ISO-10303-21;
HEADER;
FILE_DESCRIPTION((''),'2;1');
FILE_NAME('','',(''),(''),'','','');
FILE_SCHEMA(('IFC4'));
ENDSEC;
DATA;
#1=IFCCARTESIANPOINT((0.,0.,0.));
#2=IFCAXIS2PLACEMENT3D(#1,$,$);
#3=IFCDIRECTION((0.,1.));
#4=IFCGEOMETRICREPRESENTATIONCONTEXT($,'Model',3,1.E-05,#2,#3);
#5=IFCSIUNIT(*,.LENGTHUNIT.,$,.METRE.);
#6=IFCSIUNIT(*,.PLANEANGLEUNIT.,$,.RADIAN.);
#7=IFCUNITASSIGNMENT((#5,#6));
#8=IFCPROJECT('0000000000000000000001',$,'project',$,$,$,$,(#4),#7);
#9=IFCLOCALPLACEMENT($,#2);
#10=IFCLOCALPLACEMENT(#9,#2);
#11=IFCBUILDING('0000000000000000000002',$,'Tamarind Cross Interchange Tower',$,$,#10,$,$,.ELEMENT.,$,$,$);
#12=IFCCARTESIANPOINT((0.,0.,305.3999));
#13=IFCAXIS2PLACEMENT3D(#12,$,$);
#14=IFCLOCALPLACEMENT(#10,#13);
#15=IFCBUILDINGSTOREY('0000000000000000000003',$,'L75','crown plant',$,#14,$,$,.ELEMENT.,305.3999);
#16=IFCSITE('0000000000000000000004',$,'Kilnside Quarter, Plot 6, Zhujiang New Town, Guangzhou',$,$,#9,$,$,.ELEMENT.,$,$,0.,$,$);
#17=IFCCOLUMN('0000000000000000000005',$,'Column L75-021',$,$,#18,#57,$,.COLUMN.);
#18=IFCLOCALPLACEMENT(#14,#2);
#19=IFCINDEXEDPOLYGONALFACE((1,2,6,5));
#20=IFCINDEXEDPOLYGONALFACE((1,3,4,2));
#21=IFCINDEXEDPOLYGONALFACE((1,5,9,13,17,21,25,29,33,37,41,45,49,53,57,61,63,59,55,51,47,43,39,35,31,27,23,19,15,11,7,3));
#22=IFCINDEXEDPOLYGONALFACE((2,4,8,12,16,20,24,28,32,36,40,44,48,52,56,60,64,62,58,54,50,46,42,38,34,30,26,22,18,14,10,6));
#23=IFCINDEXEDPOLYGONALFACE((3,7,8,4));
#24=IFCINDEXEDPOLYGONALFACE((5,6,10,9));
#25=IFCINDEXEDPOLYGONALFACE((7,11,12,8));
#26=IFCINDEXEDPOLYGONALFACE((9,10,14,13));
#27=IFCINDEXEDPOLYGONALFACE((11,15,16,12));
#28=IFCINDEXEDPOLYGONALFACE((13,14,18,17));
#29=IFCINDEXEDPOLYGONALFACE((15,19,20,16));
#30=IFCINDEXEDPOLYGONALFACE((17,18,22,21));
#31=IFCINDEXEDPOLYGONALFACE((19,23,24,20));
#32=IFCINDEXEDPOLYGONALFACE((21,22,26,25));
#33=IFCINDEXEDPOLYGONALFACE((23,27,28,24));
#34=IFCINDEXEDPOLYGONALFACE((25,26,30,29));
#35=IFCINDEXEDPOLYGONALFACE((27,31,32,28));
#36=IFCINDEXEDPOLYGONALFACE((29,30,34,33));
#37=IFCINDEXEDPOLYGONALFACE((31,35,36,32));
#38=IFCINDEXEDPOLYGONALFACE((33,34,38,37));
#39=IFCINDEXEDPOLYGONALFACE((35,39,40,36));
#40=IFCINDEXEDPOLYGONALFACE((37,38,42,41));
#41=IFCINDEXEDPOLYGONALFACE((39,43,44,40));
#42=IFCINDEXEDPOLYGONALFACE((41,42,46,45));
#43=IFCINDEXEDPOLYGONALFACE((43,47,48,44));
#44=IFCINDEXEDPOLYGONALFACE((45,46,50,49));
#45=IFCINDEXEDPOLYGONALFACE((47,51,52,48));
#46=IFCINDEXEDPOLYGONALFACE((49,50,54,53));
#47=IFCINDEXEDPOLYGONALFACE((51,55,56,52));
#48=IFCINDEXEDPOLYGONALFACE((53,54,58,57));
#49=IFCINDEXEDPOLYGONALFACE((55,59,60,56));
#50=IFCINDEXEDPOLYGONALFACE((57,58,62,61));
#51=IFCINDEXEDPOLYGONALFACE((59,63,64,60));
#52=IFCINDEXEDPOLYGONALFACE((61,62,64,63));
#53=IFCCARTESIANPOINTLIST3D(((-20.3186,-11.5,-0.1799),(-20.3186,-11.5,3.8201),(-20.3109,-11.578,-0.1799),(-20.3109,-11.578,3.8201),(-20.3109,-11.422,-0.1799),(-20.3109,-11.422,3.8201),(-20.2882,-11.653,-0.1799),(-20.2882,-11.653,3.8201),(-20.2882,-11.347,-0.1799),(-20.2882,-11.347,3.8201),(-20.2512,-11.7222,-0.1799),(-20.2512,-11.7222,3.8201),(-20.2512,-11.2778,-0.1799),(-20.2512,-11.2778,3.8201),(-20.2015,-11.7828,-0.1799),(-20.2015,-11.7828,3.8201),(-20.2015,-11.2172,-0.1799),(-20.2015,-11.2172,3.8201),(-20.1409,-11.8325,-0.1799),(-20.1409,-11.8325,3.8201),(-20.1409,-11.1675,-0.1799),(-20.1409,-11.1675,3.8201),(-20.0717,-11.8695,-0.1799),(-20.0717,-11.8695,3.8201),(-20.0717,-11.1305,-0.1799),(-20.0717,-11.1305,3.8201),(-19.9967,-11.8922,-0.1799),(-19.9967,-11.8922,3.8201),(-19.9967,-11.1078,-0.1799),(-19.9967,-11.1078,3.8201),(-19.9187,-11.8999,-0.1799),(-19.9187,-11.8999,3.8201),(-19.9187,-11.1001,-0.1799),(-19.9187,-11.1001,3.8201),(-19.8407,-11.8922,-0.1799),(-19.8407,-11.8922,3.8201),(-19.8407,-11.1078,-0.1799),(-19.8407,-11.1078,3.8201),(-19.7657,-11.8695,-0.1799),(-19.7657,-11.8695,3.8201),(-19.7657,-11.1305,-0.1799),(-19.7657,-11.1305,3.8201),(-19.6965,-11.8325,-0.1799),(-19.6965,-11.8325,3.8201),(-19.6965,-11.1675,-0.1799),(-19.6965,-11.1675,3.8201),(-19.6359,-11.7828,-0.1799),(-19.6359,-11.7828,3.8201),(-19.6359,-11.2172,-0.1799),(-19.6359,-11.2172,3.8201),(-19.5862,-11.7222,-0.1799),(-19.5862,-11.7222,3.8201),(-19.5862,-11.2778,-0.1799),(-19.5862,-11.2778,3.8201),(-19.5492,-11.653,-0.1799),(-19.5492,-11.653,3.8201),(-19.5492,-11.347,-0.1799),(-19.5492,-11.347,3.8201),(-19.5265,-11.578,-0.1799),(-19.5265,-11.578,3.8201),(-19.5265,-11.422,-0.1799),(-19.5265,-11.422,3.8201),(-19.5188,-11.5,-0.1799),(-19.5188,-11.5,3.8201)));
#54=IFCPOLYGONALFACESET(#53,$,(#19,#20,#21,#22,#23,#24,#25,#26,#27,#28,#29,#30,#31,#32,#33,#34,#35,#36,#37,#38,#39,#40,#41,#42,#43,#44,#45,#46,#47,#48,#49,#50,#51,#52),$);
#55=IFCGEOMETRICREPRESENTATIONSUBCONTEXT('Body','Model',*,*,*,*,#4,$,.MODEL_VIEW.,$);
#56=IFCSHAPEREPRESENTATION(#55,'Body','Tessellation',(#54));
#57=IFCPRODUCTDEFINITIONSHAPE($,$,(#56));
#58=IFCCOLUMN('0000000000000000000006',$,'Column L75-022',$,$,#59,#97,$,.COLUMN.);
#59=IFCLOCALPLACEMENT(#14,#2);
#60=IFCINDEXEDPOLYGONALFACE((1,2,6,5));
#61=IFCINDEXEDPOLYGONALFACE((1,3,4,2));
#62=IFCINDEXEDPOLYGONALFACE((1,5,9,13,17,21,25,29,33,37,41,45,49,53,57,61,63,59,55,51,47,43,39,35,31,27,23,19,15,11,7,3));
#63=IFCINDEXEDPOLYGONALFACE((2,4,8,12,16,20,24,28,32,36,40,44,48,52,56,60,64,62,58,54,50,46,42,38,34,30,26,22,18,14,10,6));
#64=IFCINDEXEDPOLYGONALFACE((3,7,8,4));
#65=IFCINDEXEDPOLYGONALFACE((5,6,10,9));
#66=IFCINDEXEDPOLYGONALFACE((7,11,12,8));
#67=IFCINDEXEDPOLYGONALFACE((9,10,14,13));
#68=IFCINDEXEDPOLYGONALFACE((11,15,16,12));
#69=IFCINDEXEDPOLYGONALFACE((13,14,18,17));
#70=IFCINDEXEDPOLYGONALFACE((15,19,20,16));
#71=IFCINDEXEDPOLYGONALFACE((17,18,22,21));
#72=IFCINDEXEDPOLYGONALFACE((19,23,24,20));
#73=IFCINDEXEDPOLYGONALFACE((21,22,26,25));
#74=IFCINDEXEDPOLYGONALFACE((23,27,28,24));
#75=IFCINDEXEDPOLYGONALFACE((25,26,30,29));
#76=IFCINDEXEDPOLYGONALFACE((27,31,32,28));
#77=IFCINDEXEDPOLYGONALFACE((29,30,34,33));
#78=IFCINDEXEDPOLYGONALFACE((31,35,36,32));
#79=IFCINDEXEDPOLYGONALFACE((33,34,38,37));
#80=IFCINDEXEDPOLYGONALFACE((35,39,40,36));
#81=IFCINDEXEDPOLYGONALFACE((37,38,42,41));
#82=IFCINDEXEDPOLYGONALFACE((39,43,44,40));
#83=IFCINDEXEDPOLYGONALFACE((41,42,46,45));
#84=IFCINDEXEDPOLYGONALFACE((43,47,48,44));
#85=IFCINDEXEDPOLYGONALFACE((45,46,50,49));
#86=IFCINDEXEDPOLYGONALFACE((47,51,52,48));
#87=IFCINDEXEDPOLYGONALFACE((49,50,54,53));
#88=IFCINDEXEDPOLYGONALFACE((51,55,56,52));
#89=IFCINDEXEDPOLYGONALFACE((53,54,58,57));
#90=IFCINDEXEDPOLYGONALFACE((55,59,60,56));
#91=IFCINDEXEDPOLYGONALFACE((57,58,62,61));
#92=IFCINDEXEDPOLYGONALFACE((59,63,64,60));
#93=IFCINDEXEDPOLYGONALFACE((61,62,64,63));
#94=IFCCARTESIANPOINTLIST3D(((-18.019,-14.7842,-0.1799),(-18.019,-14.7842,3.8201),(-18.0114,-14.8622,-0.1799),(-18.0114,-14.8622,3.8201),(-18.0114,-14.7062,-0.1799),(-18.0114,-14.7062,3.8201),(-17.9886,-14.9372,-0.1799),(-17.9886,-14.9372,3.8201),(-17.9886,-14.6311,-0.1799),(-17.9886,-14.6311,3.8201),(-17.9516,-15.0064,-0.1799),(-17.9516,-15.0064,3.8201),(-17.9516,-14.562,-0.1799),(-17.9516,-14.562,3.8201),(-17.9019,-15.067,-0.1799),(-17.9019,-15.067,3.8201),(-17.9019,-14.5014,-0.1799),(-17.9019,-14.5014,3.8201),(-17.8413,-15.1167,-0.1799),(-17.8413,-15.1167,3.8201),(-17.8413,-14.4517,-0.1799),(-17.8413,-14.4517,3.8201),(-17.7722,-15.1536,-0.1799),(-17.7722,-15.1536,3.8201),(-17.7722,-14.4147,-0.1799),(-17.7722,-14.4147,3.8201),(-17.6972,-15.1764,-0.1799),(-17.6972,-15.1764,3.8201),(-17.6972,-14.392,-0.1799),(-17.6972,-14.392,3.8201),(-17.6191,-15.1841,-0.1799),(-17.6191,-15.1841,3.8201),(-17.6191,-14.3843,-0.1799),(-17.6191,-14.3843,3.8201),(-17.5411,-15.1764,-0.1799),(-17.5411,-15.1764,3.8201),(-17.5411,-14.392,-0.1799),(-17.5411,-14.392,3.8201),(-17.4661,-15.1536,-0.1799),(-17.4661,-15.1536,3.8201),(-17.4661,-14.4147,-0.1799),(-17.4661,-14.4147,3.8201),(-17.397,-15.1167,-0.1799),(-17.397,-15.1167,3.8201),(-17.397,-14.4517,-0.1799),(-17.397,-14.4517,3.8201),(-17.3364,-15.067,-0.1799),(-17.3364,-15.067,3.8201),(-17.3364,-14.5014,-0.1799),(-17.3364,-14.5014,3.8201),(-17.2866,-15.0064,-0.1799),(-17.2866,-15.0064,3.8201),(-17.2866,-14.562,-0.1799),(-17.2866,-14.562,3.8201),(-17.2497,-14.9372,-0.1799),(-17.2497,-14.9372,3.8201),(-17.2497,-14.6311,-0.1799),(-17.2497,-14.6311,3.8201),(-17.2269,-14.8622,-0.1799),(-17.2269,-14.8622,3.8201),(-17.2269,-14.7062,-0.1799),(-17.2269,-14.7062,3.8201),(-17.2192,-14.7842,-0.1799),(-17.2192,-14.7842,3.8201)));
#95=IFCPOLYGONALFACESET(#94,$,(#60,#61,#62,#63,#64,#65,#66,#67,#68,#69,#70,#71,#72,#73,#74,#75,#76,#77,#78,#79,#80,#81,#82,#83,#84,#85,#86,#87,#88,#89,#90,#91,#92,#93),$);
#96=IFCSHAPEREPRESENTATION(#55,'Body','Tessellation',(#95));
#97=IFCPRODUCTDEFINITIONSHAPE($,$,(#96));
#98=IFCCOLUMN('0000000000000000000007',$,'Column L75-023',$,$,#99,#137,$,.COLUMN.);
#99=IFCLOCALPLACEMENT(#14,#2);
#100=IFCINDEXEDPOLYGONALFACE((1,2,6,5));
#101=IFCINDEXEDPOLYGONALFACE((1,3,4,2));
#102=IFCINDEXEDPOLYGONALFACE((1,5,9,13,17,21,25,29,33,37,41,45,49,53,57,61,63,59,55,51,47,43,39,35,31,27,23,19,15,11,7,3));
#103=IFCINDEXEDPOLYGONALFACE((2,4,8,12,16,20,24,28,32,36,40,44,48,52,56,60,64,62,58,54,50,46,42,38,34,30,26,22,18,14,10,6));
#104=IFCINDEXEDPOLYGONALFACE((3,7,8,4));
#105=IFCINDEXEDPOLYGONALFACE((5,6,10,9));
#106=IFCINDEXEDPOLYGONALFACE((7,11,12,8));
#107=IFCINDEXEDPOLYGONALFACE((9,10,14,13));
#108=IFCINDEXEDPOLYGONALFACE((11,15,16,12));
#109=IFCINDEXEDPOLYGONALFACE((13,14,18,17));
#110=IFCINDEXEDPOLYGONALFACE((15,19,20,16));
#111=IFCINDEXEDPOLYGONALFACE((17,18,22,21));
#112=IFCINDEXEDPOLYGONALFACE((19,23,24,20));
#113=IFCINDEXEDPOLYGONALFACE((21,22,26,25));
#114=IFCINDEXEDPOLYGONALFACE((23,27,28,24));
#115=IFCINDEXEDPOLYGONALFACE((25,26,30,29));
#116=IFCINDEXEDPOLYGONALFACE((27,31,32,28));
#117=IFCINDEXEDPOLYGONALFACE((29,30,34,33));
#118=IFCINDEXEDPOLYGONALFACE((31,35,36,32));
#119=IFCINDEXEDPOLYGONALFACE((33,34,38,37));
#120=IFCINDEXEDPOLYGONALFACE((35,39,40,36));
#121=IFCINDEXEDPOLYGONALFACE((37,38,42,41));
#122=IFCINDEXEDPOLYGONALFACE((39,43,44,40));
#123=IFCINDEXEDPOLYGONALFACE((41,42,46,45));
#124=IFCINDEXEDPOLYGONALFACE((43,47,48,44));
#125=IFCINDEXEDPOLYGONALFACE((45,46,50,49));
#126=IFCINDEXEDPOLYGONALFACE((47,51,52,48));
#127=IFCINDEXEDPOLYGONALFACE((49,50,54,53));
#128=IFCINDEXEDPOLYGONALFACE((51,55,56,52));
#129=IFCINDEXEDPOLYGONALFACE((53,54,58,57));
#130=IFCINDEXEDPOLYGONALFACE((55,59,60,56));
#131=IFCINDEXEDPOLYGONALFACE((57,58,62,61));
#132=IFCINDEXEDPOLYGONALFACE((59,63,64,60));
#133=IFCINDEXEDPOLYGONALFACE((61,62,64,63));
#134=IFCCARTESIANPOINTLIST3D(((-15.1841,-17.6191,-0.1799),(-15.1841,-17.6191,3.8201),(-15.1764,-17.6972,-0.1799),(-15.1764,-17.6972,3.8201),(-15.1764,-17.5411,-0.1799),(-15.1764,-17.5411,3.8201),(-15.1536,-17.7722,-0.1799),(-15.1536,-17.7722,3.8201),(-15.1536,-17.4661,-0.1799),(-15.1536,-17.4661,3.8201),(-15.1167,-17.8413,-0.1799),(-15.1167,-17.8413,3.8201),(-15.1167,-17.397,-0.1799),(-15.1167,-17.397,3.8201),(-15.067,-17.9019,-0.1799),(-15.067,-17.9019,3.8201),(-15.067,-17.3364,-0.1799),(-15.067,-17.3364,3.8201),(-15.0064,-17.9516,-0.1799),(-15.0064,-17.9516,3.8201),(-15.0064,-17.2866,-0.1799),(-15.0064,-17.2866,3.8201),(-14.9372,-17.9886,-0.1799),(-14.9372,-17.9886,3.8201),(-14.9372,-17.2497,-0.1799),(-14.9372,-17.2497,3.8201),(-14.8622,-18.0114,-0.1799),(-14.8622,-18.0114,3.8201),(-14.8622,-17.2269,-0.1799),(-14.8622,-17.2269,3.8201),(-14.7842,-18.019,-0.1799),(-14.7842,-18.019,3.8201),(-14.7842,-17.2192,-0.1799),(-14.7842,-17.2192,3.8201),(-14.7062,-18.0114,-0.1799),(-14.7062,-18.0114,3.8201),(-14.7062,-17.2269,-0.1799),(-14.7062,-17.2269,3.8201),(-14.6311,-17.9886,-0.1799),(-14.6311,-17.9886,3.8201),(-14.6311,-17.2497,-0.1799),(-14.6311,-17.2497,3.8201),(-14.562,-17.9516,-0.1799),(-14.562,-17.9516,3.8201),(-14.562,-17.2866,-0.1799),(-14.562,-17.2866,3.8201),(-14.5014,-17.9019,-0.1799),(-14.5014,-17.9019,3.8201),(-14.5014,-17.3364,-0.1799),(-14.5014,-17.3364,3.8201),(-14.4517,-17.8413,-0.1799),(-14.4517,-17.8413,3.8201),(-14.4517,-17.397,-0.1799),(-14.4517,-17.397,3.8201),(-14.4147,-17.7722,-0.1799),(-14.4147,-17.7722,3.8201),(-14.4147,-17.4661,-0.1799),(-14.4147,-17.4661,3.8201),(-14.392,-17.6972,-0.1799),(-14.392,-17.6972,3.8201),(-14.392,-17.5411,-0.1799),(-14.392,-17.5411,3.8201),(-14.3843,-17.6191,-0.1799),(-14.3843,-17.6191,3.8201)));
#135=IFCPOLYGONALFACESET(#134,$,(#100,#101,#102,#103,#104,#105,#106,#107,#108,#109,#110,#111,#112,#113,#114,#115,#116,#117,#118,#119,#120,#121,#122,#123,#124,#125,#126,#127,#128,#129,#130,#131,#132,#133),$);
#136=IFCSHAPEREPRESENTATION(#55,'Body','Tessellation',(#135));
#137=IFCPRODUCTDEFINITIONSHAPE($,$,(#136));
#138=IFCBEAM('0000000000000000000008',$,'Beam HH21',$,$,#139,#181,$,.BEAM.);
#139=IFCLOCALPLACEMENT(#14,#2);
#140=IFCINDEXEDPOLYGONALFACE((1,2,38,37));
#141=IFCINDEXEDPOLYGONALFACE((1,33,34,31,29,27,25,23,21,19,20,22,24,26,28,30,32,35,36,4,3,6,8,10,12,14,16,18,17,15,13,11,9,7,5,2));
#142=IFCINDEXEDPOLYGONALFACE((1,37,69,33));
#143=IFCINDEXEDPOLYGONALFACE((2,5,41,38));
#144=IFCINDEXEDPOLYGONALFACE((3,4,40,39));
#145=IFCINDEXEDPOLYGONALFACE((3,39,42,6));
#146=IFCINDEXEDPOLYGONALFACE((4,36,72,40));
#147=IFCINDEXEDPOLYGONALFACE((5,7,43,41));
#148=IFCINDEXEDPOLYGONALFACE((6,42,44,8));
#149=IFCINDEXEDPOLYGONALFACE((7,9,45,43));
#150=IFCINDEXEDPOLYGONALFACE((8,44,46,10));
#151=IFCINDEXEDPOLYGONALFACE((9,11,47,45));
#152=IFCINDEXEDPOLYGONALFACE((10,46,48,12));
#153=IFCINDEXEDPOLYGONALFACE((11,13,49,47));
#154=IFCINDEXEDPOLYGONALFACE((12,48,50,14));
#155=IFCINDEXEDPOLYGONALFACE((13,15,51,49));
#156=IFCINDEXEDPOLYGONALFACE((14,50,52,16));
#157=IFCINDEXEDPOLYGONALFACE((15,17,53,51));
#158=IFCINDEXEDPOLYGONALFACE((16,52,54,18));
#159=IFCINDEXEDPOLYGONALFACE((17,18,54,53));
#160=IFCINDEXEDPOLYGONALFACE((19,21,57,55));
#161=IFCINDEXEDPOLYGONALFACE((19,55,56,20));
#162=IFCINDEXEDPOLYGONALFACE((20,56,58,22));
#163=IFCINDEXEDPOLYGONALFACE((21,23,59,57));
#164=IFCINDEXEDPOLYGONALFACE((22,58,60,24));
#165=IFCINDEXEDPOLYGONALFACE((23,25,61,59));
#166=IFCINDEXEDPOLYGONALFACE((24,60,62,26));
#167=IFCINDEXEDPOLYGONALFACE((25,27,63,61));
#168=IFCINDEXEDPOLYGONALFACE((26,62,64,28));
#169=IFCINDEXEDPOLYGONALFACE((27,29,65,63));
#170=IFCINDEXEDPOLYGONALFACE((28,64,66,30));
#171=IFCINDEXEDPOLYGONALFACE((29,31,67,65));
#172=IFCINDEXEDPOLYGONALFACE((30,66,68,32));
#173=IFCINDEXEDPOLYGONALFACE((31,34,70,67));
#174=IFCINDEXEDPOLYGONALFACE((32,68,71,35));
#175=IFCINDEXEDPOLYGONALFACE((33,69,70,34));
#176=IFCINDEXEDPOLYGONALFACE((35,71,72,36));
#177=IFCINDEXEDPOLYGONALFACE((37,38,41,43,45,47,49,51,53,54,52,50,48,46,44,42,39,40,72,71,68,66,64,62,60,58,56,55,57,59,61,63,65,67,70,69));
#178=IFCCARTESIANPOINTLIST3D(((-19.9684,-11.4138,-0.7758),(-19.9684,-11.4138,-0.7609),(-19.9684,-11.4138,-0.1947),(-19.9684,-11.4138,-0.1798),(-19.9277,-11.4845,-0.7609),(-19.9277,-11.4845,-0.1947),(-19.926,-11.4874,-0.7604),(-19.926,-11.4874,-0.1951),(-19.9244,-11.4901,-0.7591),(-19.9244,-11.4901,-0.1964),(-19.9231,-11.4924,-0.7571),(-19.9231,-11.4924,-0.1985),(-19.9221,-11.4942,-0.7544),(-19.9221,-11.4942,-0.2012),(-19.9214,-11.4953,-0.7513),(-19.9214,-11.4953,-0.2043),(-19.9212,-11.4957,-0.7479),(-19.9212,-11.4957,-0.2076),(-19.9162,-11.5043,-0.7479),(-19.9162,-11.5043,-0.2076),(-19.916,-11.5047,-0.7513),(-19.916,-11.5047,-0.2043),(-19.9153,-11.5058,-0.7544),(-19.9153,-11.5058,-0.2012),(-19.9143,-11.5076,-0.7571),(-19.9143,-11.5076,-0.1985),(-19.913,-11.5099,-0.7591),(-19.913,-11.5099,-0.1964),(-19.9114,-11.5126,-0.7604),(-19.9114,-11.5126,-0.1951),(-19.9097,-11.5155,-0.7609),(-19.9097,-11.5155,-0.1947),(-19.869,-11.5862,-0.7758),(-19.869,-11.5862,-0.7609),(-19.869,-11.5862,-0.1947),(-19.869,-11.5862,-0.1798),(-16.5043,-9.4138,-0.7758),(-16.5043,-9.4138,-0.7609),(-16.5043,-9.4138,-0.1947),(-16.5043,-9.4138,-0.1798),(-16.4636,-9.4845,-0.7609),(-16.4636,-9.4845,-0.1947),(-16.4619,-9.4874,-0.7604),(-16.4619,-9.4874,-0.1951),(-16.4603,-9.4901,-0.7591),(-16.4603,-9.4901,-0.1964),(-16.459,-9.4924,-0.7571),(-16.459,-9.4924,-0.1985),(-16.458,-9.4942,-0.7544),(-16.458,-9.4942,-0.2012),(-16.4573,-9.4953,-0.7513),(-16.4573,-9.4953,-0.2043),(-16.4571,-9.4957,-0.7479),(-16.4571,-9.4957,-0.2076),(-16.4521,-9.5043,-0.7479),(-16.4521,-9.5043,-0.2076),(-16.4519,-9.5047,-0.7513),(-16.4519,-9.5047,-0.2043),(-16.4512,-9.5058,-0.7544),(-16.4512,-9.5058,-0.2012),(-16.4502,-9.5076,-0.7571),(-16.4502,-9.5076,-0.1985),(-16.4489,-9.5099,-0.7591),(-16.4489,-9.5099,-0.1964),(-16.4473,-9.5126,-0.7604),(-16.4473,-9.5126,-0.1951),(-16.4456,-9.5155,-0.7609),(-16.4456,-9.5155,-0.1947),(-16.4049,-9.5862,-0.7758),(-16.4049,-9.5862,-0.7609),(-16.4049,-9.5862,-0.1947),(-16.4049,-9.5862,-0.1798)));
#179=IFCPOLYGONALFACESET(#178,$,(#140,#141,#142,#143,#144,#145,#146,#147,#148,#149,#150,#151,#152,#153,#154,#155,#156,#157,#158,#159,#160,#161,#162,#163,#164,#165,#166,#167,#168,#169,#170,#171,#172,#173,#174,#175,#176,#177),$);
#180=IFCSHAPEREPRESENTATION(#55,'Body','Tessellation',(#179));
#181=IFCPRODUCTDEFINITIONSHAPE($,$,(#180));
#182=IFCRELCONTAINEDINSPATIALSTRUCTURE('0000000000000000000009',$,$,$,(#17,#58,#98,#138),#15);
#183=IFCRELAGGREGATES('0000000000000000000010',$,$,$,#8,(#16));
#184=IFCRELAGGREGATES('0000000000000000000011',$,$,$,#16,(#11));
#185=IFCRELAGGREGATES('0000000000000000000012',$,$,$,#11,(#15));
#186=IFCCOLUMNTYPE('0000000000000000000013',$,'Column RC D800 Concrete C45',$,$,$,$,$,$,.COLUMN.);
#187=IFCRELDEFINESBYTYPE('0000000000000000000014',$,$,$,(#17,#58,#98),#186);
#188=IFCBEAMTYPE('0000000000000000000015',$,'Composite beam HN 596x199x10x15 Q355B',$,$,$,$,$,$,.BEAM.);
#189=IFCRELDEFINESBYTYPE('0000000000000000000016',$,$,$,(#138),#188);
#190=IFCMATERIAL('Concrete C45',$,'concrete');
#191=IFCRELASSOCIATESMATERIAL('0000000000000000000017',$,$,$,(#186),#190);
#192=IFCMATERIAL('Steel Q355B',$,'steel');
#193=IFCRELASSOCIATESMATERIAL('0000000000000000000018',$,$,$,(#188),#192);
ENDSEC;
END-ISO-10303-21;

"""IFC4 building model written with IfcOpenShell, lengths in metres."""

from ifc_helpers import new_model, si_unit, direction, frame, origin, origin_2d, place, context, subcontext, project, spatial, circle, i_section, extrude, material, material_profile, profile_set, type_object, element, save


model = new_model("IFC4")

# Units and contexts
model_context = context("Model", 3, precision=1e-05, world=origin(), true_north=direction((0.0, 1.0)))
body_context = subcontext(model_context, "Body", "Model", "MODEL_VIEW")
ifc_project = project(units=[si_unit("LENGTHUNIT", "METRE"), si_unit("PLANEANGLEUNIT", "RADIAN")], contexts=[model_context])

# Site, building, storey
site_placement = place(None, origin())
site = spatial("IfcSite", under=ifc_project, at=site_placement, Name="Kilnside Quarter, Plot 6, Zhujiang New Town, Guangzhou", CompositionType="ELEMENT", RefElevation=0.0)
building_placement = place(site_placement, origin())
building = spatial("IfcBuilding", under=site, at=building_placement, Name="Tamarind Cross Interchange Tower", CompositionType="ELEMENT")
storey_placement = place(building_placement, frame((0.0, 0.0, 305.3999)))
storey = spatial("IfcBuildingStorey", under=building, at=storey_placement, Name="L75", Description="crown plant", CompositionType="ELEMENT", Elevation=305.3999)

# Columns
ifc_material_1 = material(Name="Concrete C45", Category="concrete")
ifc_material_profile_1 = material_profile(ifc_material_1, circle(Radius=0.3999, at=origin_2d()), Name="RC D800")
ifc_profile_set_1 = profile_set([ifc_material_profile_1], Name="Concrete C45")
column_type = type_object("IfcColumnType", Name="Column RC D800 Concrete C45", PredefinedType="COLUMN", material=ifc_profile_set_1)
for number, where, z_axis, x_axis, name in (
    (1, (-19.9187, -11.5, -0.1799), (0.0, 0.0, 1.0), (1.0, 0.0, 0.0), "Column L75-021"),
    (2, (-17.6191, -14.7842, -0.1799), (0.0, 0.0, 1.0), (1.0, 0.0, 0.0), "Column L75-022"),
    (3, (-14.7842, -17.6191, -0.1799), (0.0, 0.0, 1.0), (1.0, 0.0, 0.0), "Column L75-023"),
):
    element("IfcColumn", number, at=place(storey_placement, frame(where, z_axis=z_axis, x_axis=x_axis)), inside=storey, type_object=column_type, Name=name, PredefinedType="COLUMN", context=body_context, shape_type="SweptSolid", body=[
        extrude(circle(Radius=0.3999, at=origin_2d()), origin(), (0.0, 0.0, 1.0), 4.0),
    ])

# Beam
ifc_material_2 = material(Name="Steel Q355B", Category="steel")
ifc_material_profile_2 = material_profile(ifc_material_2, i_section(OverallWidth=0.199, OverallDepth=0.5959, WebThickness=0.01, FlangeThickness=0.0149, FilletRadius=0.0129, at=origin_2d()), Name="HN 596x199x10x15")
ifc_profile_set_2 = profile_set([ifc_material_profile_2], Name="Steel Q355B")
beam_type = type_object("IfcBeamType", Name="Composite beam HN 596x199x10x15 Q355B", PredefinedType="BEAM", material=ifc_profile_set_2)
beam_1_placement = place(storey_placement, frame((-19.9187, -11.5, -0.4778), z_axis=(0.866026, 0.499999, 0.0), x_axis=(-0.499999, 0.866026, 0.0)))
element("IfcBeam", 4, at=beam_1_placement, inside=storey, type_object=beam_type, Name="Beam HH21", PredefinedType="BEAM", context=body_context, shape_type="SweptSolid", body=[
    extrude(i_section(OverallWidth=0.199, OverallDepth=0.5959, WebThickness=0.01, FlangeThickness=0.0149, FilletRadius=0.0129, at=origin_2d()), origin(), (0.0, 0.0, 1.0), 4.0),
])

save(model, "model.ifc")
